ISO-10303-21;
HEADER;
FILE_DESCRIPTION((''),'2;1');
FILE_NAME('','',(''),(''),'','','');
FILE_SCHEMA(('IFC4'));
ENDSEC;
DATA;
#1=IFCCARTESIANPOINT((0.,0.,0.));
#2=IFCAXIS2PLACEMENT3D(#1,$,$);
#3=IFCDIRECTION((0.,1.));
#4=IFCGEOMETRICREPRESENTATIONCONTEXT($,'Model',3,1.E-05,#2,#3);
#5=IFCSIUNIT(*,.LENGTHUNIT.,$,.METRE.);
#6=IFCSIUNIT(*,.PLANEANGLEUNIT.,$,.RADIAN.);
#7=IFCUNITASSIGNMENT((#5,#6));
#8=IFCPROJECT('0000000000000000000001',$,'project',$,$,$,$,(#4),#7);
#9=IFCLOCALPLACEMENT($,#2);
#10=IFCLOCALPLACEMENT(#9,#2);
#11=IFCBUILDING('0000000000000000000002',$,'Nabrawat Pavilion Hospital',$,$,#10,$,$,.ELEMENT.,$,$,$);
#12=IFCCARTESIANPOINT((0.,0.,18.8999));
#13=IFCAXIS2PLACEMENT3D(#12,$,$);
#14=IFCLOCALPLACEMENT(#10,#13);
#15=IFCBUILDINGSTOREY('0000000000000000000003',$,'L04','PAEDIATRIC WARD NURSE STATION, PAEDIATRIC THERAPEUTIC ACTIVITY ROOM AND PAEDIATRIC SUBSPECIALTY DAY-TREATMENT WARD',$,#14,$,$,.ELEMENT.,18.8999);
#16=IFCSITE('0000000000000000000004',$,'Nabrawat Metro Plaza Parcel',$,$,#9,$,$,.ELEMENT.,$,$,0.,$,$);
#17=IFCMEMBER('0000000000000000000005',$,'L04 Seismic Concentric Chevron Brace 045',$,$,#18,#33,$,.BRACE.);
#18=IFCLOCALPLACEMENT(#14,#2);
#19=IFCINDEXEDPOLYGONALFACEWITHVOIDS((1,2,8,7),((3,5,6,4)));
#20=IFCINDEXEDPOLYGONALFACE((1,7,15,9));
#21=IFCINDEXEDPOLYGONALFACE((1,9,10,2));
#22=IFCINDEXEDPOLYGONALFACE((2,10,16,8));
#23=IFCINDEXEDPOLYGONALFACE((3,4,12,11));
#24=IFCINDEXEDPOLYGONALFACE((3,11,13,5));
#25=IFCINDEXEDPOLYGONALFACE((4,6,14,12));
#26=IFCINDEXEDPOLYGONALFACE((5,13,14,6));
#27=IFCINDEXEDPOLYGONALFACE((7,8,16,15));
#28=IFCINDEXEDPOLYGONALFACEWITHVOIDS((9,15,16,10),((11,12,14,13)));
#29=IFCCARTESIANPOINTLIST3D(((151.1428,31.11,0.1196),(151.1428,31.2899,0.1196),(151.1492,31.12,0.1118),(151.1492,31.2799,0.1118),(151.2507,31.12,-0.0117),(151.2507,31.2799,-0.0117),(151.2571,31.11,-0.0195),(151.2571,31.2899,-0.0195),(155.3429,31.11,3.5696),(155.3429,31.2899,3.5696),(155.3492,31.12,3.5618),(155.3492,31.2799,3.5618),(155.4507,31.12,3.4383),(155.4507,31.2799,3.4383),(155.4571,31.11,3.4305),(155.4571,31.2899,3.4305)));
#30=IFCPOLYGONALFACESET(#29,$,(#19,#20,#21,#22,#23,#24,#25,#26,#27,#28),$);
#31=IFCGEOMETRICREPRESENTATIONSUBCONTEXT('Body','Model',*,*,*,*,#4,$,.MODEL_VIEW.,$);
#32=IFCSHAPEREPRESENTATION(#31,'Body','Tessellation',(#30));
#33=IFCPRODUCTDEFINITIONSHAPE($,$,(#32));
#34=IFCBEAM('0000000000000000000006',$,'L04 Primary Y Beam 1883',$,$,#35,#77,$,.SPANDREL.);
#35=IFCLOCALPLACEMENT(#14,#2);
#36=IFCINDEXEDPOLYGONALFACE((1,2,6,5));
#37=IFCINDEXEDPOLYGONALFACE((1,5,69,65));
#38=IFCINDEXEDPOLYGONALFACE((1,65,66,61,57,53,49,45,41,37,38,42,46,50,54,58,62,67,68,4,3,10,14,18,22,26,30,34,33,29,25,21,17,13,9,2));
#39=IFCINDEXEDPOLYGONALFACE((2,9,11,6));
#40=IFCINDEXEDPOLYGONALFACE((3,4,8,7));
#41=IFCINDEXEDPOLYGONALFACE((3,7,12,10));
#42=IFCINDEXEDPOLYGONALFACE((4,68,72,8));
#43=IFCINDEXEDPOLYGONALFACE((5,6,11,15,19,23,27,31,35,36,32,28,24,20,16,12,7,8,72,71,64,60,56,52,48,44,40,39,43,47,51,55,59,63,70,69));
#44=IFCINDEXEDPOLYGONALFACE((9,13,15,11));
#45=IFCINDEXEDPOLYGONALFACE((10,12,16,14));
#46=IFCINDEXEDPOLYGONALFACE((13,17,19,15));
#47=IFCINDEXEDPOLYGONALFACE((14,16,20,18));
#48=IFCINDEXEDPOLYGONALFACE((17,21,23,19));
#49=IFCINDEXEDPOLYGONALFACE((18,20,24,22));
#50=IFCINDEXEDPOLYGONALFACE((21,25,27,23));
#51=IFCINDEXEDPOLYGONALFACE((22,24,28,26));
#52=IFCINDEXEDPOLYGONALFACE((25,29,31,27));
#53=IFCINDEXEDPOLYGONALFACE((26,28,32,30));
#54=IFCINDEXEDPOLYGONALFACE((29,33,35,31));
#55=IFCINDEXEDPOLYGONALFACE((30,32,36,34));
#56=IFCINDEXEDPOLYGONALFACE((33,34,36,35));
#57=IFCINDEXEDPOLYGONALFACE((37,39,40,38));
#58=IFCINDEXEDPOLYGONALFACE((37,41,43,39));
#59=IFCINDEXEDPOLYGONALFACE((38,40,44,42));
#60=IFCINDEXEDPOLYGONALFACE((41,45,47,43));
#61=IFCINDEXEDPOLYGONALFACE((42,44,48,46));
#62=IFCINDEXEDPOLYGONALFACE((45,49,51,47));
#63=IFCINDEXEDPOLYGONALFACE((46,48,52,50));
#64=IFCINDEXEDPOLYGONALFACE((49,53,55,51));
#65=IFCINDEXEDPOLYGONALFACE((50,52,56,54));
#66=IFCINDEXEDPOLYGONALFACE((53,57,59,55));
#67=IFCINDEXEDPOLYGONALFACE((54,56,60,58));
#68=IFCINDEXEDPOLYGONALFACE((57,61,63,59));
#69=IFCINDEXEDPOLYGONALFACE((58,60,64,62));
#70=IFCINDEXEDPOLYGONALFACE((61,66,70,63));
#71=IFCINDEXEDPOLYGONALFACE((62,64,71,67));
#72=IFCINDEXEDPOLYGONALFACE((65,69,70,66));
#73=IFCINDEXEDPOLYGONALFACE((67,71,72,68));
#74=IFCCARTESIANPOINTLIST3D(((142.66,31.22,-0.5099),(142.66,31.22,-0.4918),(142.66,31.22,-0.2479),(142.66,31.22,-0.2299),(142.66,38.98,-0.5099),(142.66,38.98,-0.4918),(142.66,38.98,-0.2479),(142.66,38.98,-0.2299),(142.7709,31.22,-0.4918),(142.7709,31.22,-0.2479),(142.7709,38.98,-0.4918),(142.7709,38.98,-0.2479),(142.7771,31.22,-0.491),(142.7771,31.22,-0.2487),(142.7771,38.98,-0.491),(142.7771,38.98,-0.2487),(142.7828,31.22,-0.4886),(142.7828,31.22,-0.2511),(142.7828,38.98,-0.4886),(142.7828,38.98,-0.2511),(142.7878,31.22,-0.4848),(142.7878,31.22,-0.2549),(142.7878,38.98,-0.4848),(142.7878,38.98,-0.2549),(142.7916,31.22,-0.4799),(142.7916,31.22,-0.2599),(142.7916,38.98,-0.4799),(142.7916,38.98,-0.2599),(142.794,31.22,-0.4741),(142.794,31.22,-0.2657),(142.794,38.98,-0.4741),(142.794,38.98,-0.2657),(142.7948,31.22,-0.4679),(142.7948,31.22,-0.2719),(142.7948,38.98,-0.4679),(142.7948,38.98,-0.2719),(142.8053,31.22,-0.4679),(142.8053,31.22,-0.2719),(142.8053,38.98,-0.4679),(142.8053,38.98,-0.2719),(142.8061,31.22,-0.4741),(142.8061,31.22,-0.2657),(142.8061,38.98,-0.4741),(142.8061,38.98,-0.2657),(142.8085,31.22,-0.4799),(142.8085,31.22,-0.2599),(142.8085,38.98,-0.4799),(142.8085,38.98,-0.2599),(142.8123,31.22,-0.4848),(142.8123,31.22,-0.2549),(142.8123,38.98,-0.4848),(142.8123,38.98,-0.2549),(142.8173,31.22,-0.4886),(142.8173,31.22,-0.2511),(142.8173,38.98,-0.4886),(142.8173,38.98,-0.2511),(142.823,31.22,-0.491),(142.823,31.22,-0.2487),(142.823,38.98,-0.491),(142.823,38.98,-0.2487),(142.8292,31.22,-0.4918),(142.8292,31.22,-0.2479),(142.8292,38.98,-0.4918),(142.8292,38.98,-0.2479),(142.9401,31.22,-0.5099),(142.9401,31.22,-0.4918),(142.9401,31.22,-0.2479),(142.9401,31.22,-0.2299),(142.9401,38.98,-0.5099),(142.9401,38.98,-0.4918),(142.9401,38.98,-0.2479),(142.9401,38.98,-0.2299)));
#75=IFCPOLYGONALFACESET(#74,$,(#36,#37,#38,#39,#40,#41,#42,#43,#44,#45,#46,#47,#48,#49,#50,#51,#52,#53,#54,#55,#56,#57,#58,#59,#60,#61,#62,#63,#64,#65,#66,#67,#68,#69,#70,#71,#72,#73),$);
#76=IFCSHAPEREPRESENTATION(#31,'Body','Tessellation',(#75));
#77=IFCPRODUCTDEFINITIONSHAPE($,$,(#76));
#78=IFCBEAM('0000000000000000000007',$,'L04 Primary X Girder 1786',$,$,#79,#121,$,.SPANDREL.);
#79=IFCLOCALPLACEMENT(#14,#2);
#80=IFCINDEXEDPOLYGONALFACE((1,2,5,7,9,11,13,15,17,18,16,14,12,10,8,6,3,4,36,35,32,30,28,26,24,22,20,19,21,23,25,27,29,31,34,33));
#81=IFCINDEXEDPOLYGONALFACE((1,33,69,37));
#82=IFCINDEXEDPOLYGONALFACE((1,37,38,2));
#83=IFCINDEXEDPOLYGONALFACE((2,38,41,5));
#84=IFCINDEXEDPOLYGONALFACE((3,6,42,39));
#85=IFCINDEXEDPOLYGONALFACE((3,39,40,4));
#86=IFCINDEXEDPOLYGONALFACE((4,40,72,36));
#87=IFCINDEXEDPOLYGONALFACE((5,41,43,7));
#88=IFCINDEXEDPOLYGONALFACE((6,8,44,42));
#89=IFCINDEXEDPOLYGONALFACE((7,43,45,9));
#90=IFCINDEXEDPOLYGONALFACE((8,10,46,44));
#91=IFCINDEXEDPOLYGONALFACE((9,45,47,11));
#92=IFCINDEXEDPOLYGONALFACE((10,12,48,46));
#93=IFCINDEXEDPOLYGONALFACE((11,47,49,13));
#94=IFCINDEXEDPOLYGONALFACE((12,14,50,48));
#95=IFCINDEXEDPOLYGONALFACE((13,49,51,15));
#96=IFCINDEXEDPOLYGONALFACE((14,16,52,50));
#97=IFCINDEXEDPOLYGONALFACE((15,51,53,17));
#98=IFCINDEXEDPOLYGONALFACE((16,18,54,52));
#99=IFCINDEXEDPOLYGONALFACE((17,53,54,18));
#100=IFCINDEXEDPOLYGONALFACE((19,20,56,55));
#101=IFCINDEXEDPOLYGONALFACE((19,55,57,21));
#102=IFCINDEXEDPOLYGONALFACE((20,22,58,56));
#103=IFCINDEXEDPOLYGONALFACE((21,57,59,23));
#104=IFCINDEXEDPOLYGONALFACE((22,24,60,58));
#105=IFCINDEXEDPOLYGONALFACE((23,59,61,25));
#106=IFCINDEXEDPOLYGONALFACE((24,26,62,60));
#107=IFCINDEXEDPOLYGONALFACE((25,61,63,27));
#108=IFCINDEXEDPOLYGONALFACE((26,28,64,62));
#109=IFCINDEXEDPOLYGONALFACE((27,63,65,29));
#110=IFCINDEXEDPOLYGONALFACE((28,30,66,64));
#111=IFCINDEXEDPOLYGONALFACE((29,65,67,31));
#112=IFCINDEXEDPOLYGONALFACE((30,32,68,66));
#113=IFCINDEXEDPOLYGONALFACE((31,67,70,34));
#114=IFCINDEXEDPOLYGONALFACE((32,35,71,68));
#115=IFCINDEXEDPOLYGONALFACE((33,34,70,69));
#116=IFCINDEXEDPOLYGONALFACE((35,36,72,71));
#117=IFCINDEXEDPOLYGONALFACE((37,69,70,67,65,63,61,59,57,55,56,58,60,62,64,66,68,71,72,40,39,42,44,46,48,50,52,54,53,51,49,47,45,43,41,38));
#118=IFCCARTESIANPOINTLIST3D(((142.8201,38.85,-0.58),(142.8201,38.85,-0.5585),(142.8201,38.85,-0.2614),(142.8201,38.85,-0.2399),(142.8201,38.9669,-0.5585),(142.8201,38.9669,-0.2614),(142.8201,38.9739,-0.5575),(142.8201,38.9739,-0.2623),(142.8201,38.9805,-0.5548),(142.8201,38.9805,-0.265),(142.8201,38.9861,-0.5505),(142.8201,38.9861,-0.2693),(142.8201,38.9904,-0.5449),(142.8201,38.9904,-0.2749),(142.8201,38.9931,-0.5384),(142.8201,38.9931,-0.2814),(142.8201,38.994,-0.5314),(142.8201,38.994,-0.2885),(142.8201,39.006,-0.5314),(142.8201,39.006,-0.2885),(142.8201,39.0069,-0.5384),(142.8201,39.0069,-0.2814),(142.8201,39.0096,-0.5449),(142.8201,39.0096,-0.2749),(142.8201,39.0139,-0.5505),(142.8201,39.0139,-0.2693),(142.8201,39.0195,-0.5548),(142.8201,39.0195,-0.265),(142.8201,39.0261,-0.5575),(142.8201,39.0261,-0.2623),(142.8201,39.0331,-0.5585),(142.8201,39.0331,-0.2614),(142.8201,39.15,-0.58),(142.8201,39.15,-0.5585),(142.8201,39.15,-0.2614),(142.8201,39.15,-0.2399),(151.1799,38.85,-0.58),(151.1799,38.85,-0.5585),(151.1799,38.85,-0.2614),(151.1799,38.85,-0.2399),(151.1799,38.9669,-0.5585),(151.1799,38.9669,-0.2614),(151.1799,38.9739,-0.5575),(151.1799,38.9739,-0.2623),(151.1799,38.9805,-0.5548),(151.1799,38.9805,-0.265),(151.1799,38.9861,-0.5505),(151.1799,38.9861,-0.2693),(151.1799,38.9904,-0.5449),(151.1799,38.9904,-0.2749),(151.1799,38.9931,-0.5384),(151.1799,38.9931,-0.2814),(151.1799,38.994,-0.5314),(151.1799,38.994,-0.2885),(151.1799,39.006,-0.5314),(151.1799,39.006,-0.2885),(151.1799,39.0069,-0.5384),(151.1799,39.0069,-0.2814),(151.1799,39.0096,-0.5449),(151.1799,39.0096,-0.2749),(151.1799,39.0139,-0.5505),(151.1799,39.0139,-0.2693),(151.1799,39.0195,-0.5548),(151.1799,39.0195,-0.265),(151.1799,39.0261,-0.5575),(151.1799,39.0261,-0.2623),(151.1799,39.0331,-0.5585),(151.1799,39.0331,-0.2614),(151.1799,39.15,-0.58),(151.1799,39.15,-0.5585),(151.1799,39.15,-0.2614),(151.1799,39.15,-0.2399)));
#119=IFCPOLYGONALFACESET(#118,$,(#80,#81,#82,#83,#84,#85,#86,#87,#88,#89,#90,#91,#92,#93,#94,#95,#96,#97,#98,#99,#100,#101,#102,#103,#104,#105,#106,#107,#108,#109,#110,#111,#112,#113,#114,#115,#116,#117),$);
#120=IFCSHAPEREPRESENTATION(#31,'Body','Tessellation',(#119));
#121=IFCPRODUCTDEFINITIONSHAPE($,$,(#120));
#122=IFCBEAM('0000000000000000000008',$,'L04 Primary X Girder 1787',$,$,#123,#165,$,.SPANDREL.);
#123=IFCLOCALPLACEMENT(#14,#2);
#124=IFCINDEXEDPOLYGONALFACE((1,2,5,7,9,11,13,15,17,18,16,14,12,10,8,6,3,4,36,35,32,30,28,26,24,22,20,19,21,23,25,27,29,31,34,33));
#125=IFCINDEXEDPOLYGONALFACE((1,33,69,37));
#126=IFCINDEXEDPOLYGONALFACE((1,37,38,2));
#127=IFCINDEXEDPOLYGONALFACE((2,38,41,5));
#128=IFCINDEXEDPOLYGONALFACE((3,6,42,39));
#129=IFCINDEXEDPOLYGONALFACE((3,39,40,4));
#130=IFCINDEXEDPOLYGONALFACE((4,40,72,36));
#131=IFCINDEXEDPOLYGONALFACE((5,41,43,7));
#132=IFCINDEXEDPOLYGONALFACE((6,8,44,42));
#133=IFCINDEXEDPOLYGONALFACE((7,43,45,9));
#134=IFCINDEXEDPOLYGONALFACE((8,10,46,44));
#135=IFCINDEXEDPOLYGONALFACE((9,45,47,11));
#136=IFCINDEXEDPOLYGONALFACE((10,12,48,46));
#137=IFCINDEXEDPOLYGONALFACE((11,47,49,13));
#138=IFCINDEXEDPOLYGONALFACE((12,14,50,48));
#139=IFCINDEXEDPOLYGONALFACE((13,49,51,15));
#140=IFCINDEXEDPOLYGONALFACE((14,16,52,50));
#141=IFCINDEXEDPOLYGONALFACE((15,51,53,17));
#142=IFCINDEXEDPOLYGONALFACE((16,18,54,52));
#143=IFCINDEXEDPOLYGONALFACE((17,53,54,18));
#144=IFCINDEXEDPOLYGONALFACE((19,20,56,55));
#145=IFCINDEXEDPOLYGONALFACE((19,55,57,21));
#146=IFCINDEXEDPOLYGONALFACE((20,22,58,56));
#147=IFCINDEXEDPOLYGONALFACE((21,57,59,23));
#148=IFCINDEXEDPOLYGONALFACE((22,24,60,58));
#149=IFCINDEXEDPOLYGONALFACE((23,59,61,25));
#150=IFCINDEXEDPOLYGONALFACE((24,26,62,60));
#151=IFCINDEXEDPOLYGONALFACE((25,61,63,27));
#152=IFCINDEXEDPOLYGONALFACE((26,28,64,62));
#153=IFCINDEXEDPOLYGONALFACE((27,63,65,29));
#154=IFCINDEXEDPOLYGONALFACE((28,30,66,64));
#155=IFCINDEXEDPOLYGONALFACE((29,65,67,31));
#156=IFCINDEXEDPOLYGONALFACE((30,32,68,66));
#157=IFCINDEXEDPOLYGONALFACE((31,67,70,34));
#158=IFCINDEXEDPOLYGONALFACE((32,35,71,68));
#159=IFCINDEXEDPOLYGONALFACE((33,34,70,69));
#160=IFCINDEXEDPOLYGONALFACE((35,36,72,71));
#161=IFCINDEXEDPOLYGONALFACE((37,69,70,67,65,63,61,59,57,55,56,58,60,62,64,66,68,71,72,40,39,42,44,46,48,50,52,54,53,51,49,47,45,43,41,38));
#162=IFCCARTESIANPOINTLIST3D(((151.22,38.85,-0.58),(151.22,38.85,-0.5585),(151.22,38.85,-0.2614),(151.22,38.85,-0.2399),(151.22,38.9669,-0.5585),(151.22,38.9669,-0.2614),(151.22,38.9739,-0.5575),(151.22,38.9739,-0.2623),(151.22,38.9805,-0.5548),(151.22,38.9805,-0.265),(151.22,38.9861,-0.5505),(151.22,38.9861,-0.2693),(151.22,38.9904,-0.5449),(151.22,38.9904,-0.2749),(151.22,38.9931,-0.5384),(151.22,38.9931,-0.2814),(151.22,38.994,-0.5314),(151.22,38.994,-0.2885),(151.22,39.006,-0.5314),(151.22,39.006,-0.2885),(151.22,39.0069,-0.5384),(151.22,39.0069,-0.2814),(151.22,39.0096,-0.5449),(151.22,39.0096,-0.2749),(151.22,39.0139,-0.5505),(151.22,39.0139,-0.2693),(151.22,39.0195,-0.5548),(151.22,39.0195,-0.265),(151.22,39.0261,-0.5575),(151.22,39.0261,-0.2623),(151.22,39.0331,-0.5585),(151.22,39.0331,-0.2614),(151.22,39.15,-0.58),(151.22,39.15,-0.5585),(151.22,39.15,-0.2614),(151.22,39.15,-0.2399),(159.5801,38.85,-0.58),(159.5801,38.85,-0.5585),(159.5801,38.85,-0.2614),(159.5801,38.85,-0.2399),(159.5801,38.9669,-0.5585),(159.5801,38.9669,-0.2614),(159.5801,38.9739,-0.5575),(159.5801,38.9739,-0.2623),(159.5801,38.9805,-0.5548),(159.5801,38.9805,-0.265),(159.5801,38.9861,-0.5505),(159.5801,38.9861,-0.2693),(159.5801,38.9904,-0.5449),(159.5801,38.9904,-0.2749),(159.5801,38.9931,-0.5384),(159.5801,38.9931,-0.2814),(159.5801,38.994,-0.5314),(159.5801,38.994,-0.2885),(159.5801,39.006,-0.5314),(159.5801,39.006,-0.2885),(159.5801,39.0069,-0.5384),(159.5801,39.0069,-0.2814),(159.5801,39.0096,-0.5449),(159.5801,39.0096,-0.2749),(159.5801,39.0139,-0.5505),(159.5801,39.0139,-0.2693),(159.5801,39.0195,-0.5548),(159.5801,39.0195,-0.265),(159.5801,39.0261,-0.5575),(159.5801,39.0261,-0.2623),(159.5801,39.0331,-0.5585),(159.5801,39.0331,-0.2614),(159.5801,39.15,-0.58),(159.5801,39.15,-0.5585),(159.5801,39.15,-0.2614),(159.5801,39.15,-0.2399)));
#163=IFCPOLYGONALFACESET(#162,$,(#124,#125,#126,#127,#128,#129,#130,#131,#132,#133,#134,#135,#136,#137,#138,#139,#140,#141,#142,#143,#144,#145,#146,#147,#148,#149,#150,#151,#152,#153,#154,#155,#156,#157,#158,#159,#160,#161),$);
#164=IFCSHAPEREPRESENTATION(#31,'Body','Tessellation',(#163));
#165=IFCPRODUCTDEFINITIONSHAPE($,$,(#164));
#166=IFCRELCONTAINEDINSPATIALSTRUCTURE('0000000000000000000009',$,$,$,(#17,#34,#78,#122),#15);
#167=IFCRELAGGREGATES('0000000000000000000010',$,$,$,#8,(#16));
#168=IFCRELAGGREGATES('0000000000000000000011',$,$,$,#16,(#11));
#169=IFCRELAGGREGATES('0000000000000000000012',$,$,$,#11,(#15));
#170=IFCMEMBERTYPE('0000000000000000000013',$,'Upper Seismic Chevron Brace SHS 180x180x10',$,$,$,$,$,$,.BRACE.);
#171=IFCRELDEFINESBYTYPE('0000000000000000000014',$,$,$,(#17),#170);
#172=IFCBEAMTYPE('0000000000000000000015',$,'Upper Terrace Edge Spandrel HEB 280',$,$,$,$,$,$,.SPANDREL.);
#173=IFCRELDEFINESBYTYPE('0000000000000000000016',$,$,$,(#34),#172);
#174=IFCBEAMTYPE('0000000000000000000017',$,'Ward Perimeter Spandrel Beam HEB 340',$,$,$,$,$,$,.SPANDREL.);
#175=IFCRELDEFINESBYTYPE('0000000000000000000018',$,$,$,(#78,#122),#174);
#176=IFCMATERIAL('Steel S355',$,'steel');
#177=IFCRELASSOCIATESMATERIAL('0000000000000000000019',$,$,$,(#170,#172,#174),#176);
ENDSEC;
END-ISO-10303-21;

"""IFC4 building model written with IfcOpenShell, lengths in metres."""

from ifc_helpers import new_model, si_unit, direction, frame, origin, origin_2d, place, context, subcontext, project, spatial, hollow_rectangle, i_section, extrude, material, material_profile, profile_set, type_object, element, save


model = new_model("IFC4")

# Units and contexts
model_context = context("Model", 3, precision=1e-05, world=origin(), true_north=direction((0.0, 1.0)))
body_context = subcontext(model_context, "Body", "Model", "MODEL_VIEW")
ifc_project = project(units=[si_unit("LENGTHUNIT", "METRE"), si_unit("PLANEANGLEUNIT", "RADIAN")], contexts=[model_context])

# Site, building, storey
site_placement = place(None, origin())
site = spatial("IfcSite", under=ifc_project, at=site_placement, Name="Nabrawat Metro Plaza Parcel", CompositionType="ELEMENT", RefElevation=0.0)
building_placement = place(site_placement, origin())
building = spatial("IfcBuilding", under=site, at=building_placement, Name="Nabrawat Pavilion Hospital", CompositionType="ELEMENT")
storey_placement = place(building_placement, frame((0.0, 0.0, 18.8999)))
storey = spatial("IfcBuildingStorey", under=building, at=storey_placement, Name="L04", Description="PAEDIATRIC WARD NURSE STATION, PAEDIATRIC THERAPEUTIC ACTIVITY ROOM AND PAEDIATRIC SUBSPECIALTY DAY-TREATMENT WARD", CompositionType="ELEMENT", Elevation=18.8999)

# Shared definitions
ifc_material_1 = material(Name="Steel S355", Category="steel")

# Member
ifc_material_profile_1 = material_profile(ifc_material_1, hollow_rectangle(XDim=0.1799, YDim=0.1799, WallThickness=0.01, at=origin_2d()), Name="SHS 180x180x10")
ifc_profile_set_1 = profile_set([ifc_material_profile_1], Name="Steel S355")
member_type = type_object("IfcMemberType", Name="Upper Seismic Chevron Brace SHS 180x180x10", PredefinedType="BRACE", material=ifc_profile_set_1)
member_placement = place(storey_placement, frame((151.2, 31.2, 0.05), z_axis=(0.772727, 0.0, 0.634738), x_axis=(0.0, 1.0, 0.0)))
element("IfcMember", 1, at=member_placement, inside=storey, type_object=member_type, Name="L04 Seismic Concentric Chevron Brace 045", PredefinedType="BRACE", context=body_context, shape_type="SweptSolid", body=[
    extrude(hollow_rectangle(XDim=0.1799, YDim=0.1799, WallThickness=0.01, at=origin_2d()), origin(), (0.0, 0.0, 1.0), 5.4353),
])

# Beams
ifc_material_profile_2 = material_profile(ifc_material_1, i_section(OverallWidth=0.28, OverallDepth=0.28, WebThickness=0.0105, FlangeThickness=0.0181, FilletRadius=0.0239, at=origin_2d()), Name="HEB 280")
ifc_profile_set_2 = profile_set([ifc_material_profile_2], Name="Steel S355")
beam_type_1 = type_object("IfcBeamType", Name="Upper Terrace Edge Spandrel HEB 280", PredefinedType="SPANDREL", material=ifc_profile_set_2)
beam_1_placement = place(storey_placement, frame((142.8, 31.22, -0.3699), z_axis=(0.0, 1.0, 0.0), x_axis=(-1.0, 0.0, 0.0)))
element("IfcBeam", 2, at=beam_1_placement, inside=storey, type_object=beam_type_1, Name="L04 Primary Y Beam 1883", PredefinedType="SPANDREL", context=body_context, shape_type="SweptSolid", body=[
    extrude(i_section(OverallWidth=0.28, OverallDepth=0.28, WebThickness=0.0105, FlangeThickness=0.0181, FilletRadius=0.0239, at=origin_2d()), origin(), (0.0, 0.0, 1.0), 7.76),
])
ifc_material_profile_3 = material_profile(ifc_material_1, i_section(OverallWidth=0.3, OverallDepth=0.3401, WebThickness=0.012, FlangeThickness=0.0215, FilletRadius=0.0271, at=origin_2d()), Name="HEB 340")
ifc_profile_set_3 = profile_set([ifc_material_profile_3], Name="Steel S355")
beam_type_2 = type_object("IfcBeamType", Name="Ward Perimeter Spandrel Beam HEB 340", PredefinedType="SPANDREL", material=ifc_profile_set_3)
beam_2_placement = place(storey_placement, frame((142.8201, 39.0, -0.4099), z_axis=(1.0, 0.0, 0.0), x_axis=(0.0, 1.0, 0.0)))
element("IfcBeam", 3, at=beam_2_placement, inside=storey, type_object=beam_type_2, Name="L04 Primary X Girder 1786", PredefinedType="SPANDREL", context=body_context, shape_type="SweptSolid", body=[
    extrude(i_section(OverallWidth=0.3, OverallDepth=0.3401, WebThickness=0.012, FlangeThickness=0.0215, FilletRadius=0.0271, at=origin_2d()), origin(), (0.0, 0.0, 1.0), 8.3599),
])
beam_3_placement = place(storey_placement, frame((151.22, 39.0, -0.4099), z_axis=(1.0, 0.0, 0.0), x_axis=(0.0, 1.0, 0.0)))
element("IfcBeam", 4, at=beam_3_placement, inside=storey, type_object=beam_type_2, Name="L04 Primary X Girder 1787", PredefinedType="SPANDREL", context=body_context, shape_type="SweptSolid", body=[
    extrude(i_section(OverallWidth=0.3, OverallDepth=0.3401, WebThickness=0.012, FlangeThickness=0.0215, FilletRadius=0.0271, at=origin_2d()), origin(), (0.0, 0.0, 1.0), 8.3601),
])

save(model, "model.ifc")
